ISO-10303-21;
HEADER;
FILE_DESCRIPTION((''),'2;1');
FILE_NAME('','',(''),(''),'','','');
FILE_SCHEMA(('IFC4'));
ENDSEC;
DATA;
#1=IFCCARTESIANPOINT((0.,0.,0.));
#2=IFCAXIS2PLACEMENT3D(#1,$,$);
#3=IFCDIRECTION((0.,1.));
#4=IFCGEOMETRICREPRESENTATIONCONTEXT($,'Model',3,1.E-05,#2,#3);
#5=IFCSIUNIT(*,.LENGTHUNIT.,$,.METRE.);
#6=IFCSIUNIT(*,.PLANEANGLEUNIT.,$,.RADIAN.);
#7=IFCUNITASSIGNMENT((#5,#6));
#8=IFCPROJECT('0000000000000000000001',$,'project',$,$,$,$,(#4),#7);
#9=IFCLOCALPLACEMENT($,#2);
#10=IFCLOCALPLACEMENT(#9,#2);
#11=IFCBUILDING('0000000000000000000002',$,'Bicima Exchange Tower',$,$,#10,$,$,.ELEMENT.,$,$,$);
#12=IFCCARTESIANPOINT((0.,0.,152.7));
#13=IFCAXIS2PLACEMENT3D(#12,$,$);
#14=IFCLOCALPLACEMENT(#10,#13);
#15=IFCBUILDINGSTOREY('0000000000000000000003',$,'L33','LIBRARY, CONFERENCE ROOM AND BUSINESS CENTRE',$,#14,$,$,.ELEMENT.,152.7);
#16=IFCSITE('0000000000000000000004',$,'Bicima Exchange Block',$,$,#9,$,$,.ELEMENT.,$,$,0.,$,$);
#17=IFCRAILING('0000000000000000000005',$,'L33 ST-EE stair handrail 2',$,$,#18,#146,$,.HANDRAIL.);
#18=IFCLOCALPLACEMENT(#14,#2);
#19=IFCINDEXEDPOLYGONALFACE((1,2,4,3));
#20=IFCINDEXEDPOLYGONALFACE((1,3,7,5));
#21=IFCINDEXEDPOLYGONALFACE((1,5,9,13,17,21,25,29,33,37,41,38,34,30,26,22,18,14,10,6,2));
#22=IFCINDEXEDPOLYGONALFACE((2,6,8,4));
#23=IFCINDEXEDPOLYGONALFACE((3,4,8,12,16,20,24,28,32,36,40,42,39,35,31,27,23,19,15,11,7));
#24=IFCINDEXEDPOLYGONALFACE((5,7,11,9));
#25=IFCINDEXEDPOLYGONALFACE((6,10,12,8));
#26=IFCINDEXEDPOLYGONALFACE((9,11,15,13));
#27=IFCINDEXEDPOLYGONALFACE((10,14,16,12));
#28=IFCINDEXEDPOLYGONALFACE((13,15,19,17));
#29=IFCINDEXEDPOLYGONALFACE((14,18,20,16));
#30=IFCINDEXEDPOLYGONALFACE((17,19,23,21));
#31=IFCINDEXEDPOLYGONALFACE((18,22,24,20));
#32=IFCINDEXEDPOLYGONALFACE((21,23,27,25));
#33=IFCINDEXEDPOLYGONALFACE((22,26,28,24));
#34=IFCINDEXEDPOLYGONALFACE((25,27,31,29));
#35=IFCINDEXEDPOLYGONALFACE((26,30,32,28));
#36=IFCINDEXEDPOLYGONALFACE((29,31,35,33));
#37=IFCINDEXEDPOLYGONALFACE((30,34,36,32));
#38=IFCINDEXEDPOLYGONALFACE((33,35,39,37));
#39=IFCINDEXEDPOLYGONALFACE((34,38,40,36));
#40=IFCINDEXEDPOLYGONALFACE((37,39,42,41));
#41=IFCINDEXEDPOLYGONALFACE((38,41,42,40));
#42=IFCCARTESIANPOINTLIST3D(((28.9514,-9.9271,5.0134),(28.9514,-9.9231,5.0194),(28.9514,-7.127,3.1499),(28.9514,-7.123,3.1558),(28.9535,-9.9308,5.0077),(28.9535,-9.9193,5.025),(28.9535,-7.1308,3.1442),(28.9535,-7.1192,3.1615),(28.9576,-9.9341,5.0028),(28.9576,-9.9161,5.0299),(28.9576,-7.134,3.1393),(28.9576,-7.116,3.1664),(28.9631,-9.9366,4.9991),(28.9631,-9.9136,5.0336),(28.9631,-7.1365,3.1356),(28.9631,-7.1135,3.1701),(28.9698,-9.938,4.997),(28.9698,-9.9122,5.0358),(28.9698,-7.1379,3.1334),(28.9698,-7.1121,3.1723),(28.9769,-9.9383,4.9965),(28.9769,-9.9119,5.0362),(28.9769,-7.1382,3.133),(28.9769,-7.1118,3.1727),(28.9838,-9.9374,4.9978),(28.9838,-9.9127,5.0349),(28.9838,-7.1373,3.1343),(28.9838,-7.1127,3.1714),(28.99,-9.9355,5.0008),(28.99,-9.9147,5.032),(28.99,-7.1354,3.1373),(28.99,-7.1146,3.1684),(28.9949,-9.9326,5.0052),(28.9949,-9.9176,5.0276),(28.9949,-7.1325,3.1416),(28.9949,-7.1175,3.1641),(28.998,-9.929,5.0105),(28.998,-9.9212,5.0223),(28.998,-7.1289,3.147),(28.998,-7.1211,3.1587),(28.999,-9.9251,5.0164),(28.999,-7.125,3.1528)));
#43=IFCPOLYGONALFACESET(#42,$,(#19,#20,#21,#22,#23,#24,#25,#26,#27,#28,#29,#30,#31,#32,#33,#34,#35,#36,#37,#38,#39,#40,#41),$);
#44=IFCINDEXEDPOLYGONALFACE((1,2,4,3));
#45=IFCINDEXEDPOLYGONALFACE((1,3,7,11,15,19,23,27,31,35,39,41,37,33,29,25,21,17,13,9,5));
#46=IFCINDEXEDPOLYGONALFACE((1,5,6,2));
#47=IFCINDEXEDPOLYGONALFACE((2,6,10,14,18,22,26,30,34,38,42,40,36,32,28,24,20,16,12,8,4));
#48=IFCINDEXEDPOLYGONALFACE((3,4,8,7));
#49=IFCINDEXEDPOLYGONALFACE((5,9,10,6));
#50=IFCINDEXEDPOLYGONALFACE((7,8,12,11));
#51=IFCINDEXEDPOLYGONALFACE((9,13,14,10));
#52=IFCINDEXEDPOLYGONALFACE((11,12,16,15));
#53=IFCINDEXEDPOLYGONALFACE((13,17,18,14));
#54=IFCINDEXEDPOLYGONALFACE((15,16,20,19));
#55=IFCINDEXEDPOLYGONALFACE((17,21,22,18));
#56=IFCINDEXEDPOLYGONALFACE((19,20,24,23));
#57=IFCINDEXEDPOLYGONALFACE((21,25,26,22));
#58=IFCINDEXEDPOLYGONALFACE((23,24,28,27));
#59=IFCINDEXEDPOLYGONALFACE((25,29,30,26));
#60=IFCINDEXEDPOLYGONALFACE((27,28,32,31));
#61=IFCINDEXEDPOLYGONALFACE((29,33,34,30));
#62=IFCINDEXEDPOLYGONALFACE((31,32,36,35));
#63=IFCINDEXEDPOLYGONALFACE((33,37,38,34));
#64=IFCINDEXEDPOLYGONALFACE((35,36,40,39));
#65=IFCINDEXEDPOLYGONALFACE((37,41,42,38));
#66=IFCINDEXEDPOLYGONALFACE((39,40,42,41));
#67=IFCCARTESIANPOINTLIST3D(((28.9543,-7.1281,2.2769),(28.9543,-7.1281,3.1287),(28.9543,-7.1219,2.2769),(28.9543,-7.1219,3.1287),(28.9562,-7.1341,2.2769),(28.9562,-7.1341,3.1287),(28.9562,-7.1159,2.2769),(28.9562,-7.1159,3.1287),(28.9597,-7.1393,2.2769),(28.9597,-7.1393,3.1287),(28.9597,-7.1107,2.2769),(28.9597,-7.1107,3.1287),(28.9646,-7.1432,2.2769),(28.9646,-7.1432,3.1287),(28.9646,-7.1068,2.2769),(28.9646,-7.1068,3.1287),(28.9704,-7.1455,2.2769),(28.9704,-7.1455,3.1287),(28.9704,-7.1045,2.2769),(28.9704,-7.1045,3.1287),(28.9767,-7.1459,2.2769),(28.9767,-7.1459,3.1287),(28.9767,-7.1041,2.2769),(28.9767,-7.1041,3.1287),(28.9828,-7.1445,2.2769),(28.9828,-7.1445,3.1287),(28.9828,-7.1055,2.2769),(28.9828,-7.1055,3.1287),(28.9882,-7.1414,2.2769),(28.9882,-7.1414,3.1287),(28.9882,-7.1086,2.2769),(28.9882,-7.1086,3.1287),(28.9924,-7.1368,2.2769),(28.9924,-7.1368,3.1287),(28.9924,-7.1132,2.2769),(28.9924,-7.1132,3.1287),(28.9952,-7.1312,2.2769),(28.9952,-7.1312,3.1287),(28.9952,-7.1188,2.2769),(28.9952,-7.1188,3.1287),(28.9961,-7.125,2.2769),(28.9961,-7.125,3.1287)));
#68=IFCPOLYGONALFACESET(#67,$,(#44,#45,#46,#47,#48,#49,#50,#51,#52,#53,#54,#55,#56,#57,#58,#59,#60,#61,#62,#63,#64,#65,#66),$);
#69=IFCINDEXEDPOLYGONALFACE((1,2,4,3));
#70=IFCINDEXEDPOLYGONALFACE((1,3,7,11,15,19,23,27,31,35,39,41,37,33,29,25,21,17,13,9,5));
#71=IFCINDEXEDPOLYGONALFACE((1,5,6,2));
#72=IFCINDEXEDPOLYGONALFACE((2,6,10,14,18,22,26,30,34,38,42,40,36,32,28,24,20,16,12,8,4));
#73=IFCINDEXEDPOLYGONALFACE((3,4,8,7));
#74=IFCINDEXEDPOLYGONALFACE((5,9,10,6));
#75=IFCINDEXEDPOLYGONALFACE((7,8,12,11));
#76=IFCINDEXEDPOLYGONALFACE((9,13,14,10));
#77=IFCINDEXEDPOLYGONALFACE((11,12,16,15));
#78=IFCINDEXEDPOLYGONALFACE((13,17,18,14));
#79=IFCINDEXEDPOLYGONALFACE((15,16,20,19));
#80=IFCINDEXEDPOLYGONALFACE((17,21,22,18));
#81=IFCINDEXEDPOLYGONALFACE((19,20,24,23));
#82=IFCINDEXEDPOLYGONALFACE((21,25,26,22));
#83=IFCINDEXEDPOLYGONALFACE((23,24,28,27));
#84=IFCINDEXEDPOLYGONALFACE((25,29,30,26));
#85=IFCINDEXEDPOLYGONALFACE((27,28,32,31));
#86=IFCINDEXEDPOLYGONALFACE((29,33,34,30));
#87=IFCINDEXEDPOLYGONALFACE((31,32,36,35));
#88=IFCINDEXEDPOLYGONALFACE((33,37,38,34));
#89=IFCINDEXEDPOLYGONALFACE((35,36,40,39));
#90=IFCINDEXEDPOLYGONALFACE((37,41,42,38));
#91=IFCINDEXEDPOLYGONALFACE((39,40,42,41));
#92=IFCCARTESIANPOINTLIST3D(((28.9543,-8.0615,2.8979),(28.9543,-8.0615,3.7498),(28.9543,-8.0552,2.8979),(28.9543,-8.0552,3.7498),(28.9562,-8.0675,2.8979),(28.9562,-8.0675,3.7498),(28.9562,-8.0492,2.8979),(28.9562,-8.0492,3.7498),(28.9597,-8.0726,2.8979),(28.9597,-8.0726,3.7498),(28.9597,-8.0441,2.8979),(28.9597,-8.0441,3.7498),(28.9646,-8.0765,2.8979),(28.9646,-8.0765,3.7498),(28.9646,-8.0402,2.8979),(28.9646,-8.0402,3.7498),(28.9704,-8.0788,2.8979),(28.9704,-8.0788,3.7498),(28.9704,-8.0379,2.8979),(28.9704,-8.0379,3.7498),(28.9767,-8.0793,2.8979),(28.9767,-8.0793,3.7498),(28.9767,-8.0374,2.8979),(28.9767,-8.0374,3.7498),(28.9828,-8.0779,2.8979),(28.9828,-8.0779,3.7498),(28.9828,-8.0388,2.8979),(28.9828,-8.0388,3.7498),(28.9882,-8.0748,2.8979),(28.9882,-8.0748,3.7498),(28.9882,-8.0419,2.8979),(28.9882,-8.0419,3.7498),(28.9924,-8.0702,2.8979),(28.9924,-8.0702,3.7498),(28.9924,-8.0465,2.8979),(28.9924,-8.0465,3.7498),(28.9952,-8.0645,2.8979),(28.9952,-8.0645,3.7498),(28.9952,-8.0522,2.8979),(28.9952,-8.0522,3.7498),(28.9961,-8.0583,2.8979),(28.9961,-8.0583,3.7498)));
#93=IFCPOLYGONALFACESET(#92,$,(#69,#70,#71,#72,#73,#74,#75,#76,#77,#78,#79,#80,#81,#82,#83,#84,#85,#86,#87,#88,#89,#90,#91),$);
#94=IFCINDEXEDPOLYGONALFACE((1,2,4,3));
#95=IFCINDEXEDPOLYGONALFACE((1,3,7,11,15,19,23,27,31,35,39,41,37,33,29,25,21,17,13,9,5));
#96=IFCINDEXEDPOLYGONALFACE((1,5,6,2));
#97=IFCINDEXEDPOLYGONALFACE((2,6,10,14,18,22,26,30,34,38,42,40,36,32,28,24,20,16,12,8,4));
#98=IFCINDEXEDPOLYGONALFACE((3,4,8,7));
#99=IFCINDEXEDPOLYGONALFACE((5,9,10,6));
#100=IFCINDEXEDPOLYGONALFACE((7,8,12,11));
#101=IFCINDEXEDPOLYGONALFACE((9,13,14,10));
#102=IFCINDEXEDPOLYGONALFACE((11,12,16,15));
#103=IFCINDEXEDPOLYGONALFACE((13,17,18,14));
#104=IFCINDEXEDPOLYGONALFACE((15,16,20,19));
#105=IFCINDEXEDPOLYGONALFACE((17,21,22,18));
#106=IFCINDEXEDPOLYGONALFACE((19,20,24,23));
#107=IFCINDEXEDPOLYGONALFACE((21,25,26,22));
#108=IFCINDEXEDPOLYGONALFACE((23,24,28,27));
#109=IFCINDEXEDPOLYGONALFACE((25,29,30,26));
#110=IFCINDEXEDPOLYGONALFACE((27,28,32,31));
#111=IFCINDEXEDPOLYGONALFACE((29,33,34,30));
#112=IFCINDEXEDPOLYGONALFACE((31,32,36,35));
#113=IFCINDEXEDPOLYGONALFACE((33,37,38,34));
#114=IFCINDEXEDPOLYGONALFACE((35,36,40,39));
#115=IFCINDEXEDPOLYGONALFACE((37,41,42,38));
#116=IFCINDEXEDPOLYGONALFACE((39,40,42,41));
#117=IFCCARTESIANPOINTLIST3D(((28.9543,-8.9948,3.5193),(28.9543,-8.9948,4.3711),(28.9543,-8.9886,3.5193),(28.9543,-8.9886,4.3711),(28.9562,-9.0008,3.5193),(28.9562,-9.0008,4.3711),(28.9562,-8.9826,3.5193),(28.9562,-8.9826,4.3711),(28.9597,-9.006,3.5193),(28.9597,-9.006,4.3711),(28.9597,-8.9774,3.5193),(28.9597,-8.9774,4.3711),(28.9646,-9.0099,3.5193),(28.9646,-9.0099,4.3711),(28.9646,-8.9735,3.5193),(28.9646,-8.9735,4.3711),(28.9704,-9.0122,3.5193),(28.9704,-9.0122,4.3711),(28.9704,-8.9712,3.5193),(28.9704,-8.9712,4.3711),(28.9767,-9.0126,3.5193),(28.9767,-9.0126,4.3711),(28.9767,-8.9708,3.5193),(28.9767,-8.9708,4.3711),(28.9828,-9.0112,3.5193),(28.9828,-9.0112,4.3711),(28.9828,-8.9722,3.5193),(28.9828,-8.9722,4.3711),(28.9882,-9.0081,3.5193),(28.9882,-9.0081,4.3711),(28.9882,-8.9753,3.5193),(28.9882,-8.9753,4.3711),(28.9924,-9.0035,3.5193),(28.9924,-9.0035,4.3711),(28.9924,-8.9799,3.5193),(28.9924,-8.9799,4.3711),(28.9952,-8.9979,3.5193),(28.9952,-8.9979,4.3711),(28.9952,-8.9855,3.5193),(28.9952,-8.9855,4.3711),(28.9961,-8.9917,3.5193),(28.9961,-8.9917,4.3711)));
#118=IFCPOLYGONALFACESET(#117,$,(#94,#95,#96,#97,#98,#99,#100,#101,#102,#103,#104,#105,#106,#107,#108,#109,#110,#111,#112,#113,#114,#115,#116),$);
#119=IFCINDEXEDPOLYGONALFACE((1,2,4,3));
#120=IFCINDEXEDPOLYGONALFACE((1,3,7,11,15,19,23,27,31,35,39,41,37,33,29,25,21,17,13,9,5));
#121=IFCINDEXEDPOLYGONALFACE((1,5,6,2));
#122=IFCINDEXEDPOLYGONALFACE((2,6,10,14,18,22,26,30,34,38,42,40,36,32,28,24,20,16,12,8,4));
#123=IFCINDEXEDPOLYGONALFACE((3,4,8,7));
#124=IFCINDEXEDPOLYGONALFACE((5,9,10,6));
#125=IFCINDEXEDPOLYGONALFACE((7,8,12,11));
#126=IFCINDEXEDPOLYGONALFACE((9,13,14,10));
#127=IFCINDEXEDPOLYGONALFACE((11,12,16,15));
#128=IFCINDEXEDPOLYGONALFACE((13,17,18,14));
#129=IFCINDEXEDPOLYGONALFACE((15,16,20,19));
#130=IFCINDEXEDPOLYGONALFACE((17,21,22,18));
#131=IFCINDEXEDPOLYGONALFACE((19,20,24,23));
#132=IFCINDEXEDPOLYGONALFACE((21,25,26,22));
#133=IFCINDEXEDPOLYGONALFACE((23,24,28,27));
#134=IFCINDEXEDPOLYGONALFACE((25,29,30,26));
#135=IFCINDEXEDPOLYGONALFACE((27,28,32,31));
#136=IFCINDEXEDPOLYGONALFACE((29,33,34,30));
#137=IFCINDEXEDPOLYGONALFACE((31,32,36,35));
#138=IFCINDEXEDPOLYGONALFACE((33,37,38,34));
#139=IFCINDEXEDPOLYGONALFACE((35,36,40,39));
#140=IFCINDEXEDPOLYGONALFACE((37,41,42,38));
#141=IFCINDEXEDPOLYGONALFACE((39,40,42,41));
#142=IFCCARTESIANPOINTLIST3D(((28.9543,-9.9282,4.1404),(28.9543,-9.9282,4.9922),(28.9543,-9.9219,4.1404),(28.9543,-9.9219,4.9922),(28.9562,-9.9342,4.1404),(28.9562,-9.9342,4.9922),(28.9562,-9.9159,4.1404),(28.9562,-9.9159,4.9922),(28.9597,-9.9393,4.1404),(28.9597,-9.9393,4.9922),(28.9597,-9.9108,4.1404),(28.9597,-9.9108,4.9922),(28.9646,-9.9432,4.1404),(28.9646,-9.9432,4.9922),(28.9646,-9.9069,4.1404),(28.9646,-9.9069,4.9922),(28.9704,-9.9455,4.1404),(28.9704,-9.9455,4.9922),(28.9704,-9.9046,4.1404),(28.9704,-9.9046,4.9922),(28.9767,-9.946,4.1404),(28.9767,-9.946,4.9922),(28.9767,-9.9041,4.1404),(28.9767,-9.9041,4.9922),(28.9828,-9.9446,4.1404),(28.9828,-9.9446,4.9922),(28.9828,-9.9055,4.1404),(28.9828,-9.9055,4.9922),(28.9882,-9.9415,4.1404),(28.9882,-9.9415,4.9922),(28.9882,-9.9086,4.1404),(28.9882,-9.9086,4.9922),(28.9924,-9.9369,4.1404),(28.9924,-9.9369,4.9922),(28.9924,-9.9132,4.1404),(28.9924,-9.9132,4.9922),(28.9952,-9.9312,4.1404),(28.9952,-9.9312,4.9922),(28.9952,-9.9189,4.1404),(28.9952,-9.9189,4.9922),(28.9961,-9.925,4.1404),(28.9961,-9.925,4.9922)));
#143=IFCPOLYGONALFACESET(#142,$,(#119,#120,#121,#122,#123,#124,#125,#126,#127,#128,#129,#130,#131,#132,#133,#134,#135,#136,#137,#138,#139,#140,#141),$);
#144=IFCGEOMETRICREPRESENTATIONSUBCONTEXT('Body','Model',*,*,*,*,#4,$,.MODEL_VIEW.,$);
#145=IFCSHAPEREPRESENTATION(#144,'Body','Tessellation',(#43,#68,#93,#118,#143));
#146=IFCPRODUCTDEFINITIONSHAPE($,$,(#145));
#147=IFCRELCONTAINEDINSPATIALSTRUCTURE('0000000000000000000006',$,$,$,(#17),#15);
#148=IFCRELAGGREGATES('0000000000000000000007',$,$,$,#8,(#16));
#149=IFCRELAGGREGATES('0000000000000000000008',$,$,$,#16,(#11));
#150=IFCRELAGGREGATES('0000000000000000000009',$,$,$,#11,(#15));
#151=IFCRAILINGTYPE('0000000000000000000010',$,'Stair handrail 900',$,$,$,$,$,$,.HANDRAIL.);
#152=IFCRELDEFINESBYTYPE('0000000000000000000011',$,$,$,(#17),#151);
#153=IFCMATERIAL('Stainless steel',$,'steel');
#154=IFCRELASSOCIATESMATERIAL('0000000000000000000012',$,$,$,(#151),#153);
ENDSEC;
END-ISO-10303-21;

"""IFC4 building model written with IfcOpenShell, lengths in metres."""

from ifc_helpers import new_model, si_unit, direction, frame, origin, origin_2d, place, context, subcontext, project, spatial, circle, extrude, material, type_object, element, save


model = new_model("IFC4")

# Units and contexts
model_context = context("Model", 3, precision=1e-05, world=origin(), true_north=direction((0.0, 1.0)))
body_context = subcontext(model_context, "Body", "Model", "MODEL_VIEW")
ifc_project = project(units=[si_unit("LENGTHUNIT", "METRE"), si_unit("PLANEANGLEUNIT", "RADIAN")], contexts=[model_context])

# Site, building, storey
site_placement = place(None, origin())
site = spatial("IfcSite", under=ifc_project, at=site_placement, Name="Bicima Exchange Block", CompositionType="ELEMENT", RefElevation=0.0)
building_placement = place(site_placement, origin())
building = spatial("IfcBuilding", under=site, at=building_placement, Name="Bicima Exchange Tower", CompositionType="ELEMENT")
storey_placement = place(building_placement, frame((0.0, 0.0, 152.7)))
storey = spatial("IfcBuildingStorey", under=building, at=storey_placement, Name="L33", Description="LIBRARY, CONFERENCE ROOM AND BUSINESS CENTRE", CompositionType="ELEMENT", Elevation=152.7)

# Railing
ifc_material_1 = material(Name="Stainless steel", Category="steel")
railing_type_1 = type_object("IfcRailingType", Name="Stair handrail 900", PredefinedType="HANDRAIL", material=ifc_material_1)
railing_1_placement = place(storey_placement, frame((28.9751, -7.125, 2.2769)))
element("IfcRailing", 1, at=railing_1_placement, inside=storey, type_object=railing_type_1, Name="L33 ST-EE stair handrail 2", PredefinedType="HANDRAIL", context=body_context, shape_type="SweptSolid", body=[
    extrude(circle(Radius=0.0239, at=origin_2d()), frame((0.0, 0.0, 0.876), z_axis=(0.0, -0.832486, 0.554047), x_axis=(1.0, 0.0, 0.0)), (0.0, 0.0, 1.0), 3.3635),
    extrude(circle(Radius=0.021, at=origin_2d()), origin(), (0.0, 0.0, 1.0), 0.8518),
    extrude(circle(Radius=0.021, at=origin_2d()), frame((0.0, -0.9333, 0.6211)), (0.0, 0.0, 1.0), 0.8518),
    extrude(circle(Radius=0.021, at=origin_2d()), frame((0.0, -1.8667, 1.2424)), (0.0, 0.0, 1.0), 0.8518),
    extrude(circle(Radius=0.021, at=origin_2d()), frame((0.0, -2.8, 1.8635)), (0.0, 0.0, 1.0), 0.8518),
])

save(model, "model.ifc")
